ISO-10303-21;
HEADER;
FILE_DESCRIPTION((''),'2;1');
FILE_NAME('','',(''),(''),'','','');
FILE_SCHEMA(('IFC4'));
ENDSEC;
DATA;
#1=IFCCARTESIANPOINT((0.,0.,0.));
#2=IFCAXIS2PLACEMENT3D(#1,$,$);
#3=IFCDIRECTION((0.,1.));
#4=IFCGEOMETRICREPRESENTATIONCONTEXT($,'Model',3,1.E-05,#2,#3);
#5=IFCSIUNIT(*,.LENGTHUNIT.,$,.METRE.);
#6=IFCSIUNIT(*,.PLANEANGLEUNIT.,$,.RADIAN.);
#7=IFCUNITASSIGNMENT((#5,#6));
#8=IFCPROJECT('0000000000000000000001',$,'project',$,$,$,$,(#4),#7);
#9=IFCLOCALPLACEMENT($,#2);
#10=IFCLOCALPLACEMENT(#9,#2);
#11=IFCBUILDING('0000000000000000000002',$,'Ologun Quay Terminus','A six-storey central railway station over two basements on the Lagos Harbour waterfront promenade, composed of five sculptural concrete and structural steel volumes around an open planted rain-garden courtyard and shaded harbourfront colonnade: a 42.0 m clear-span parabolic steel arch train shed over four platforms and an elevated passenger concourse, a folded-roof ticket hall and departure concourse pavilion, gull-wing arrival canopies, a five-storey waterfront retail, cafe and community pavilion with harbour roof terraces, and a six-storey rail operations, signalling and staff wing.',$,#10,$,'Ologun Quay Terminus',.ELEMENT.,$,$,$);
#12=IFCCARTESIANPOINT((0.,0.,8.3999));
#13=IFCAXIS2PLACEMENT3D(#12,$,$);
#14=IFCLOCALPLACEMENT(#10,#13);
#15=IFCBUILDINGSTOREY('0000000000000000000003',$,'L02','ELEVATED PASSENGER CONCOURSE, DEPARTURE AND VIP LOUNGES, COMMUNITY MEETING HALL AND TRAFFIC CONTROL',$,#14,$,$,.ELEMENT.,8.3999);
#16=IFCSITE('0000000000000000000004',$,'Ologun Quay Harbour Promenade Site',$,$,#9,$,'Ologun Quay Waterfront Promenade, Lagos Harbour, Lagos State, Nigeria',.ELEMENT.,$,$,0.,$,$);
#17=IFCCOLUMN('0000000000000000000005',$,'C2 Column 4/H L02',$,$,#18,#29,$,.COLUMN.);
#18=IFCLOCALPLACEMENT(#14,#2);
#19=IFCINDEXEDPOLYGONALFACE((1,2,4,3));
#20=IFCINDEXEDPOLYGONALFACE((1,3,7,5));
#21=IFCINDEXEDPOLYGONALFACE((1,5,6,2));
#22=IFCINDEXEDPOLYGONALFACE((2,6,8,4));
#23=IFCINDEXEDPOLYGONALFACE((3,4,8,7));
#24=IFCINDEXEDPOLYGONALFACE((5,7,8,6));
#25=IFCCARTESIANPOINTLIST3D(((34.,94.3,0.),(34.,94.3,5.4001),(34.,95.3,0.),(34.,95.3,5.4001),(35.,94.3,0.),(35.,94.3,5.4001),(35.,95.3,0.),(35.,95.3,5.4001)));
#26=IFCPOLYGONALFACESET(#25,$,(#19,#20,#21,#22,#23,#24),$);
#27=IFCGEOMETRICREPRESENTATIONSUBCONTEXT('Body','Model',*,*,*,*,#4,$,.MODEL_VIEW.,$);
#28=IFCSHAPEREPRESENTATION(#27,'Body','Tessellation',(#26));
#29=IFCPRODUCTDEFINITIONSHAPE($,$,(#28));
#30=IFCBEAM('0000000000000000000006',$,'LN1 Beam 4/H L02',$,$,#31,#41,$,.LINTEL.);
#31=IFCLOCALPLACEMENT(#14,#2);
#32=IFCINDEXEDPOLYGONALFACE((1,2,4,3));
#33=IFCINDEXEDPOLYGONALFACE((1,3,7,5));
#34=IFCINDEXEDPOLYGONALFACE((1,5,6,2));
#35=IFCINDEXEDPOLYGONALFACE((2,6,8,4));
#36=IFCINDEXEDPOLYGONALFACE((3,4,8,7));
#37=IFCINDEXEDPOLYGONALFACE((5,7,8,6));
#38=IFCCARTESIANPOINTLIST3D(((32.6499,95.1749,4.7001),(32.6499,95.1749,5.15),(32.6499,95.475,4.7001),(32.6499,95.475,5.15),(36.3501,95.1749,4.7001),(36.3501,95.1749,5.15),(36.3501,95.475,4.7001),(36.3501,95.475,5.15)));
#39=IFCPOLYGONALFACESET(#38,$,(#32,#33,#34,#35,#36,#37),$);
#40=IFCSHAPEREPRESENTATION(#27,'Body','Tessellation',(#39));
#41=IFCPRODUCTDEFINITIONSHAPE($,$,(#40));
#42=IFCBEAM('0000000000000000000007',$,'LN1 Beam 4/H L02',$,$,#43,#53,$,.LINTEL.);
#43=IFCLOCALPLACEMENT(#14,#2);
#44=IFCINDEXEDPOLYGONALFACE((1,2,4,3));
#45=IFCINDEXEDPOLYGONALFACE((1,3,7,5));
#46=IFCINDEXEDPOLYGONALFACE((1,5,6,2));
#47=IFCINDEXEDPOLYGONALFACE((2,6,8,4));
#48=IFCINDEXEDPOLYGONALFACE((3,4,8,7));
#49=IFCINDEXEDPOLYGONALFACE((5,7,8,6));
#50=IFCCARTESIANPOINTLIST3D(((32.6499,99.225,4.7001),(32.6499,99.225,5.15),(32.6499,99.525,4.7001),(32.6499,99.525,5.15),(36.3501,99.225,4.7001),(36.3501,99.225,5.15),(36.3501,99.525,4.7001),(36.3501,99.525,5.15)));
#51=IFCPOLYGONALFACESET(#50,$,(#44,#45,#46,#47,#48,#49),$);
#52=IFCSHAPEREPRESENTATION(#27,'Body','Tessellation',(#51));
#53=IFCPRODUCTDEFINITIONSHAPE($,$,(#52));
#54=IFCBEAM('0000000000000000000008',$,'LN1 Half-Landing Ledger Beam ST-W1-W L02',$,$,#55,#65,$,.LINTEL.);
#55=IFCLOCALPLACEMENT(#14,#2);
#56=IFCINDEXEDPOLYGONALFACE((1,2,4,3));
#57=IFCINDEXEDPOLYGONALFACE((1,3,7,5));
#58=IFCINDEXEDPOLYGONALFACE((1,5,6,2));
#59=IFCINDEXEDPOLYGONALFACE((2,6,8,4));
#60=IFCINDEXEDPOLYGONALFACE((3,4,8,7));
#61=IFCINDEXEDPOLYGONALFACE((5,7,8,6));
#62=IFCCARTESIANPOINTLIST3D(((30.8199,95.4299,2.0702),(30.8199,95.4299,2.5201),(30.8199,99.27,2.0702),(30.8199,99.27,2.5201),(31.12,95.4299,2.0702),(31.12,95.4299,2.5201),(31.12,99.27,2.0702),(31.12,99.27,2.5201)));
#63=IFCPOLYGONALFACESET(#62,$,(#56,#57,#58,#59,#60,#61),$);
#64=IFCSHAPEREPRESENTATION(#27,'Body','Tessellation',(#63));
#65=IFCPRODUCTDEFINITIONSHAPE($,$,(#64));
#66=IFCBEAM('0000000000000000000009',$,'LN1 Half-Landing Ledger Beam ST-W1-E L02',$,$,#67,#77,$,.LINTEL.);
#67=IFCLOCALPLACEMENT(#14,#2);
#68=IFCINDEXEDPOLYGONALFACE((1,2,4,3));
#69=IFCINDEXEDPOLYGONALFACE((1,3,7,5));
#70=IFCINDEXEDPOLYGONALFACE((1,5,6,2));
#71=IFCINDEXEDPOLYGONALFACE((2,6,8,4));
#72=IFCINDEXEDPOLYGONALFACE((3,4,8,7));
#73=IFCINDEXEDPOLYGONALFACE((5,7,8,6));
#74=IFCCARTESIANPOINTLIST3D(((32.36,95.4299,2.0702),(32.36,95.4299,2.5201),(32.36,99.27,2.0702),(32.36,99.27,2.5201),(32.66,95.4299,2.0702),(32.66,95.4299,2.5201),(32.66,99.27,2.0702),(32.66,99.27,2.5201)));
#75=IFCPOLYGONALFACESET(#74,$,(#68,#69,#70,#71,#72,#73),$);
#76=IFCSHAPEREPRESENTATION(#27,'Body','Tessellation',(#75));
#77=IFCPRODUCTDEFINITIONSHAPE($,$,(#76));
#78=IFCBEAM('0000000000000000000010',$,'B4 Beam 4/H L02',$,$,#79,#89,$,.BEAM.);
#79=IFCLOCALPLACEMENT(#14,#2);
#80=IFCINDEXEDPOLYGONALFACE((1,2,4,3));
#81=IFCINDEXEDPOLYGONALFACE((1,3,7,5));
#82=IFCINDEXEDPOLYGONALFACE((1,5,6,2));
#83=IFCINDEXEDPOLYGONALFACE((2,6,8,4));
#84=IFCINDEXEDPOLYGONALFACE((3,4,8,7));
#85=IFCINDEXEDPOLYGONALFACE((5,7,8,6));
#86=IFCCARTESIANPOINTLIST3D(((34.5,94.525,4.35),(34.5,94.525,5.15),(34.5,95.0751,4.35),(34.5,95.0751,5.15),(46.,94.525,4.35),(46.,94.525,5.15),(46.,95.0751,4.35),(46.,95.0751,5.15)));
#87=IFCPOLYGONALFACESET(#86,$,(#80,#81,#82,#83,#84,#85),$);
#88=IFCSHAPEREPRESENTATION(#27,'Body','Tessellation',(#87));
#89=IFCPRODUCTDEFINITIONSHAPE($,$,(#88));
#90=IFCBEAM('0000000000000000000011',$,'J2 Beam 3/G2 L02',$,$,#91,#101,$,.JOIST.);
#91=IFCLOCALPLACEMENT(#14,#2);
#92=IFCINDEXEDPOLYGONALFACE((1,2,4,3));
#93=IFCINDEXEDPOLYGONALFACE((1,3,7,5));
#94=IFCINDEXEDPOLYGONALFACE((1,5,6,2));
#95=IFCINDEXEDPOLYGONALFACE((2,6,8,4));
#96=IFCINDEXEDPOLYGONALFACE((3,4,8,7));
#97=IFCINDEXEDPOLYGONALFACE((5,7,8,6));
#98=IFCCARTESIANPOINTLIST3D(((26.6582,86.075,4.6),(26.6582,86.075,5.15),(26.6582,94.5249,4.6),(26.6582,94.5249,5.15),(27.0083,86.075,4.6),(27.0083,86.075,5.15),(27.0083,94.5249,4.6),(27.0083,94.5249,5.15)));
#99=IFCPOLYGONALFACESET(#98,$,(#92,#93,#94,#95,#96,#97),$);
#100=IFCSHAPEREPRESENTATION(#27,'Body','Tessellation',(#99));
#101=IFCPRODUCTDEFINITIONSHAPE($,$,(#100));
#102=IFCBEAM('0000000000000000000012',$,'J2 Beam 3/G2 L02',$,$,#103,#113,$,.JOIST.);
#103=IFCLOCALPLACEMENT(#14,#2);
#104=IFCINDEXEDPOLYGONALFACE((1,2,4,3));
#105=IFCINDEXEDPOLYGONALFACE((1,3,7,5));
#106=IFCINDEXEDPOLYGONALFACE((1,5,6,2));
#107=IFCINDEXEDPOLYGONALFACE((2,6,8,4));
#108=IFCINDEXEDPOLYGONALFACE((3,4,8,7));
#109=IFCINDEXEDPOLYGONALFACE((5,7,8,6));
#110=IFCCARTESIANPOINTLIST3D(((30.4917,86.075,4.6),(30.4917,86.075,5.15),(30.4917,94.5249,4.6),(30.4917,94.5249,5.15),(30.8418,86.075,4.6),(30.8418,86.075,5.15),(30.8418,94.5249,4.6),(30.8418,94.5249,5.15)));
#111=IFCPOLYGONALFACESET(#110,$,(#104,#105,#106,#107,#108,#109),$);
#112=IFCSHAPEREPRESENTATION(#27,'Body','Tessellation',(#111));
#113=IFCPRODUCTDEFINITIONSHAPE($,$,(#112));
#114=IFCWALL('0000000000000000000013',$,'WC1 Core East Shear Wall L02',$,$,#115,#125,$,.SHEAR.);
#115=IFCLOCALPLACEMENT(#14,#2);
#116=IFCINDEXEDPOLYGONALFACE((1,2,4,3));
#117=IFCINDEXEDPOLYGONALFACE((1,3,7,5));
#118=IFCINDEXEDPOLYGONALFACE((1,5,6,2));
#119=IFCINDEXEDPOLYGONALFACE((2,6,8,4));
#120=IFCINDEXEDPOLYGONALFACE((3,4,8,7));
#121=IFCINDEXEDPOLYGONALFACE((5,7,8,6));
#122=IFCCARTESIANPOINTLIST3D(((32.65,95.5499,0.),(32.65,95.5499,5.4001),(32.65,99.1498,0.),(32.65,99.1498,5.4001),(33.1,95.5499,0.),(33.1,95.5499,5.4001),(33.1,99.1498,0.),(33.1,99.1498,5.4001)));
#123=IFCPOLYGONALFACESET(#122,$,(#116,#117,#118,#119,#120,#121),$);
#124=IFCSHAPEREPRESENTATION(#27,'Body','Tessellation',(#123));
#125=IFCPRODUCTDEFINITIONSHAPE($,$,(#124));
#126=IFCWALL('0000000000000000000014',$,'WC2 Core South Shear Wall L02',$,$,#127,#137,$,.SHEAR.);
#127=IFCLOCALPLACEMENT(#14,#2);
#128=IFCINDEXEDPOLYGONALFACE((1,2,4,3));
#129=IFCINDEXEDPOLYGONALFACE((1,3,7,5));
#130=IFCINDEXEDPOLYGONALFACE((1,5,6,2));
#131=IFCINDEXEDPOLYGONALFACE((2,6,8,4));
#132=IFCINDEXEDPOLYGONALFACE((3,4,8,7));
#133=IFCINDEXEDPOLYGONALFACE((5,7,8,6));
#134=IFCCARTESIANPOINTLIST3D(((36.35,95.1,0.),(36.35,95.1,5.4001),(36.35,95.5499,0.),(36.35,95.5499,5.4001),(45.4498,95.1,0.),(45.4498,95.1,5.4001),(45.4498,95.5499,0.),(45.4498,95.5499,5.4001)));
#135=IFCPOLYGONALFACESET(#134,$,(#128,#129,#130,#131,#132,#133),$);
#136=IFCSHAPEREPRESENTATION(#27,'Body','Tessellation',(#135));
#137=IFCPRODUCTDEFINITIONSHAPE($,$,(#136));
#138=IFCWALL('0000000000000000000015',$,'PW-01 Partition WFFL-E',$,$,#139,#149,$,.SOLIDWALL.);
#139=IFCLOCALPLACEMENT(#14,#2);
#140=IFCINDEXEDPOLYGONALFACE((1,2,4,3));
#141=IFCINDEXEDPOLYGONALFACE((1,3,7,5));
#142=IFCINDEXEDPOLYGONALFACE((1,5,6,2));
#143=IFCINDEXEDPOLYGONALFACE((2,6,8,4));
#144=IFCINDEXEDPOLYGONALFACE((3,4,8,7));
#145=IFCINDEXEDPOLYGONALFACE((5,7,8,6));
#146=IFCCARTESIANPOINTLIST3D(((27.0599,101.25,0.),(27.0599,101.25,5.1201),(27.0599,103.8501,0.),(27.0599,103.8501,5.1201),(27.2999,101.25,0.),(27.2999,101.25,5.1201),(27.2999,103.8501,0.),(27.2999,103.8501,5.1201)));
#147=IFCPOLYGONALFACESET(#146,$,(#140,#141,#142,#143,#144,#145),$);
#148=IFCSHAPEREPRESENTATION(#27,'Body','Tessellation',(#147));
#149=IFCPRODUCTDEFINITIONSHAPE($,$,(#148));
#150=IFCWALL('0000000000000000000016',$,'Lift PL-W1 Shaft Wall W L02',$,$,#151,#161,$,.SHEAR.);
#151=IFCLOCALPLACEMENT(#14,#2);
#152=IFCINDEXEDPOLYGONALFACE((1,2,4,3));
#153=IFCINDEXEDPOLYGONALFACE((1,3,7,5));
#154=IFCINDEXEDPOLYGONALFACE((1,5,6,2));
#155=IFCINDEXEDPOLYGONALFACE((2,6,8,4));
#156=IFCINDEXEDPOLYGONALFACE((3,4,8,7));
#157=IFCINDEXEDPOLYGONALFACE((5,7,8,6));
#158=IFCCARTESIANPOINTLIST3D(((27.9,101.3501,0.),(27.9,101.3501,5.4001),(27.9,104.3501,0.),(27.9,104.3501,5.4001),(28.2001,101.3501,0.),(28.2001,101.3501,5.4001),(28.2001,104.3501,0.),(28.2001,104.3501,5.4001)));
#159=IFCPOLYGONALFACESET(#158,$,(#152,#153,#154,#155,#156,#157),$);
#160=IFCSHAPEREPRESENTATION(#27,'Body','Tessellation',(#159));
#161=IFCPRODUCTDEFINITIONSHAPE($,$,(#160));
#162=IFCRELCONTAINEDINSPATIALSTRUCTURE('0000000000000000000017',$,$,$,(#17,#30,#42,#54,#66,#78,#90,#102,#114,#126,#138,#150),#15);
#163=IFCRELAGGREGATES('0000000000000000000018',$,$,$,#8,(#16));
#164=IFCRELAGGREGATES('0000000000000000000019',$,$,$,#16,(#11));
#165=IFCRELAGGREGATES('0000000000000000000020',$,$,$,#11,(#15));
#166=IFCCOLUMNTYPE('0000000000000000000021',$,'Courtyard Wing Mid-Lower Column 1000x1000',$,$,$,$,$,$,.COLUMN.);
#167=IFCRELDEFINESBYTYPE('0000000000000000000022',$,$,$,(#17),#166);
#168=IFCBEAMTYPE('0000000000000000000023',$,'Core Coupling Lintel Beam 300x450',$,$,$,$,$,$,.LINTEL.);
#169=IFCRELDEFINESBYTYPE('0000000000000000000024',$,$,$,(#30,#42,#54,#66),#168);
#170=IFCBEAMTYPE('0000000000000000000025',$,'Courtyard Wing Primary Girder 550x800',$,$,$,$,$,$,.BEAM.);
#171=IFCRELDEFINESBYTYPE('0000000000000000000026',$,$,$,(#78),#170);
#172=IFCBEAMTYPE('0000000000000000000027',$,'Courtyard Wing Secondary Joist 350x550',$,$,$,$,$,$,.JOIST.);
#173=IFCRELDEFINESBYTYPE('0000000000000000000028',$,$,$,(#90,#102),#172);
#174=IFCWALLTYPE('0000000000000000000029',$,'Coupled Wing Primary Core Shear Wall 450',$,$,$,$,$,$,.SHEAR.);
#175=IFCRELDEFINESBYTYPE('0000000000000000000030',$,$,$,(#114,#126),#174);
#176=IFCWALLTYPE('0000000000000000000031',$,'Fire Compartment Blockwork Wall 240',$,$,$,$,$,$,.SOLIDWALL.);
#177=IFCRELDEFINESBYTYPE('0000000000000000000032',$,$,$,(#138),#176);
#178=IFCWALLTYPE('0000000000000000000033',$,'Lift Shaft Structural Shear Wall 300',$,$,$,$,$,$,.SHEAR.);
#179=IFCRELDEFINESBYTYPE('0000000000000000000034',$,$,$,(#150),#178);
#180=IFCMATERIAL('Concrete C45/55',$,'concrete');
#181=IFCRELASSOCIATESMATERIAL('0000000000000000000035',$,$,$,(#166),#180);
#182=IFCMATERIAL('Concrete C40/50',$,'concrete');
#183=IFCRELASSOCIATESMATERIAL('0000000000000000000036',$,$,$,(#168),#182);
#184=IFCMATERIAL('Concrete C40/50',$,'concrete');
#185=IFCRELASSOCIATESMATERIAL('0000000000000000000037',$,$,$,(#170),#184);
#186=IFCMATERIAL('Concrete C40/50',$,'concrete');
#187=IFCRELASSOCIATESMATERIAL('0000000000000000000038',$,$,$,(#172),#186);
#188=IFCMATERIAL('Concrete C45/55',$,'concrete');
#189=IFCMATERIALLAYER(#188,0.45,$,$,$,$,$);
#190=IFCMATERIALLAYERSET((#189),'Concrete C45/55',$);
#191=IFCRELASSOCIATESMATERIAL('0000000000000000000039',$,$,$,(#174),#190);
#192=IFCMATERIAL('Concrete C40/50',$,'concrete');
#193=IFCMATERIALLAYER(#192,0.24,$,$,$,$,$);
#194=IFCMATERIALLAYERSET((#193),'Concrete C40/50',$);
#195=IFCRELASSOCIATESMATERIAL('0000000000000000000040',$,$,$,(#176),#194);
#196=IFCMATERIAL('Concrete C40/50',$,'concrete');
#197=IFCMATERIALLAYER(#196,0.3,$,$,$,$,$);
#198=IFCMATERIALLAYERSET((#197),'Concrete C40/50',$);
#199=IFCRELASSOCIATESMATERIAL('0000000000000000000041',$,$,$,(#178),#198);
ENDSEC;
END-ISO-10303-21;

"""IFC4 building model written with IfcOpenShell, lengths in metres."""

from ifc_helpers import new_model, si_unit, direction, frame, frame_2d, origin, origin_2d, place, context, subcontext, project, spatial, rectangle, extrude, material, layer, layer_set, material_profile, profile_set, type_object, element, save


model = new_model("IFC4")

# Units and contexts
model_context = context("Model", 3, precision=1e-05, world=origin(), true_north=direction((0.0, 1.0)))
body_context = subcontext(model_context, "Body", "Model", "MODEL_VIEW")
ifc_project = project(units=[si_unit("LENGTHUNIT", "METRE"), si_unit("PLANEANGLEUNIT", "RADIAN")], contexts=[model_context])

# Site, building, storey
site_placement = place(None, origin())
site = spatial("IfcSite", under=ifc_project, at=site_placement, Name="Ologun Quay Harbour Promenade Site", LongName="Ologun Quay Waterfront Promenade, Lagos Harbour, Lagos State, Nigeria", CompositionType="ELEMENT", RefElevation=0.0)
building_placement = place(site_placement, origin())
building = spatial("IfcBuilding", under=site, at=building_placement, Name="Ologun Quay Terminus", Description="A six-storey central railway station over two basements on the Lagos Harbour waterfront promenade, composed of five sculptural concrete and structural steel volumes around an open planted rain-garden courtyard and shaded harbourfront colonnade: a 42.0 m clear-span parabolic steel arch train shed over four platforms and an elevated passenger concourse, a folded-roof ticket hall and departure concourse pavilion, gull-wing arrival canopies, a five-storey waterfront retail, cafe and community pavilion with harbour roof terraces, and a six-storey rail operations, signalling and staff wing.", LongName="Ologun Quay Terminus", CompositionType="ELEMENT")
storey_placement = place(building_placement, frame((0.0, 0.0, 8.3999)))
storey = spatial("IfcBuildingStorey", under=building, at=storey_placement, Name="L02", Description="ELEVATED PASSENGER CONCOURSE, DEPARTURE AND VIP LOUNGES, COMMUNITY MEETING HALL AND TRAFFIC CONTROL", CompositionType="ELEMENT", Elevation=8.3999)

# Column
ifc_material_1 = material(Name="Concrete C45/55", Category="concrete")
ifc_material_profile_1 = material_profile(ifc_material_1, rectangle(XDim=1.0, YDim=1.0, at=origin_2d()), Name="RC 1000x1000")
ifc_profile_set_1 = profile_set([ifc_material_profile_1], Name="Concrete C45/55")
column_type = type_object("IfcColumnType", Name="Courtyard Wing Mid-Lower Column 1000x1000", PredefinedType="COLUMN", material=ifc_profile_set_1)
column_placement = place(storey_placement, frame((34.5, 94.8, 0.0), z_axis=(0.0, 0.0, 1.0), x_axis=(1.0, 0.0, 0.0)))
element("IfcColumn", 1, at=column_placement, inside=storey, type_object=column_type, Name="C2 Column 4/H L02", PredefinedType="COLUMN", context=body_context, shape_type="SweptSolid", body=[
    extrude(rectangle(XDim=1.0, YDim=1.0, at=origin_2d()), origin(), (0.0, 0.0, 1.0), 5.4001),
])

# Beams
ifc_material_2 = material(Name="Concrete C40/50", Category="concrete")
ifc_material_profile_2 = material_profile(ifc_material_2, rectangle(XDim=0.3, YDim=0.45, at=origin_2d()), Name="RC 300x450")
ifc_profile_set_2 = profile_set([ifc_material_profile_2], Name="Concrete C40/50")
beam_type_1 = type_object("IfcBeamType", Name="Core Coupling Lintel Beam 300x450", PredefinedType="LINTEL", material=ifc_profile_set_2)
for number, where, z_axis, x_axis, name in (
    (2, (32.6499, 95.325, 4.925), (1.0, 0.0, 0.0), (0.0, 1.0, 0.0), "LN1 Beam 4/H L02"),
    (3, (32.6499, 99.375, 4.925), (1.0, 0.0, 0.0), (0.0, 1.0, 0.0), "LN1 Beam 4/H L02"),
):
    element("IfcBeam", number, at=place(storey_placement, frame(where, z_axis=z_axis, x_axis=x_axis)), inside=storey, type_object=beam_type_1, Name=name, PredefinedType="LINTEL", context=body_context, shape_type="SweptSolid", body=[
        extrude(rectangle(XDim=0.3, YDim=0.45, at=origin_2d()), origin(), (0.0, 0.0, 1.0), 3.7002),
    ])
for number, where, z_axis, x_axis, name in (
    (4, (30.97, 95.4299, 2.2952), (0.0, 1.0, 0.0), (-1.0, 0.0, 0.0), "LN1 Half-Landing Ledger Beam ST-W1-W L02"),
    (5, (32.51, 95.4299, 2.2952), (0.0, 1.0, 0.0), (-1.0, 0.0, 0.0), "LN1 Half-Landing Ledger Beam ST-W1-E L02"),
):
    element("IfcBeam", number, at=place(storey_placement, frame(where, z_axis=z_axis, x_axis=x_axis)), inside=storey, type_object=beam_type_1, Name=name, PredefinedType="LINTEL", context=body_context, shape_type="SweptSolid", body=[
        extrude(rectangle(XDim=0.3, YDim=0.45, at=origin_2d()), origin(), (0.0, 0.0, 1.0), 3.8401),
    ])
ifc_material_3 = material(Name="Concrete C40/50", Category="concrete")
ifc_material_profile_3 = material_profile(ifc_material_3, rectangle(XDim=0.55, YDim=0.8, at=origin_2d()), Name="RC 550x800")
ifc_profile_set_3 = profile_set([ifc_material_profile_3], Name="Concrete C40/50")
beam_type_2 = type_object("IfcBeamType", Name="Courtyard Wing Primary Girder 550x800", PredefinedType="BEAM", material=ifc_profile_set_3)
beam_placement = place(storey_placement, frame((34.5, 94.8, 4.75), z_axis=(1.0, 0.0, 0.0), x_axis=(0.0, 1.0, 0.0)))
element("IfcBeam", 6, at=beam_placement, inside=storey, type_object=beam_type_2, Name="B4 Beam 4/H L02", PredefinedType="BEAM", context=body_context, shape_type="SweptSolid", body=[
    extrude(rectangle(XDim=0.55, YDim=0.8, at=origin_2d()), origin(), (0.0, 0.0, 1.0), 11.5),
])
ifc_material_4 = material(Name="Concrete C40/50", Category="concrete")
ifc_material_profile_4 = material_profile(ifc_material_4, rectangle(XDim=0.3501, YDim=0.55, at=origin_2d()), Name="RC 350x550")
ifc_profile_set_4 = profile_set([ifc_material_profile_4], Name="Concrete C40/50")
beam_type_3 = type_object("IfcBeamType", Name="Courtyard Wing Secondary Joist 350x550", PredefinedType="JOIST", material=ifc_profile_set_4)
for number, where, z_axis, x_axis, name in (
    (7, (26.8333, 86.075, 4.875), (0.0, 1.0, 0.0), (-1.0, 0.0, 0.0), "J2 Beam 3/G2 L02"),
    (8, (30.6667, 86.075, 4.875), (0.0, 1.0, 0.0), (-1.0, 0.0, 0.0), "J2 Beam 3/G2 L02"),
):
    element("IfcBeam", number, at=place(storey_placement, frame(where, z_axis=z_axis, x_axis=x_axis)), inside=storey, type_object=beam_type_3, Name=name, PredefinedType="JOIST", context=body_context, shape_type="SweptSolid", body=[
        extrude(rectangle(XDim=0.3501, YDim=0.55, at=origin_2d()), origin(), (0.0, 0.0, 1.0), 8.45),
    ])

# Walls
ifc_material_5 = material(Name="Concrete C45/55", Category="concrete")
ifc_layer_1 = layer(ifc_material_5, 0.45)
ifc_layer_set_1 = layer_set([ifc_layer_1], Name="Concrete C45/55")
wall_type_1 = type_object("IfcWallType", Name="Coupled Wing Primary Core Shear Wall 450", PredefinedType="SHEAR", material=ifc_layer_set_1)
wall_1_placement = place(storey_placement, frame((32.875, 95.55, 0.0), z_axis=(0.0, 0.0, 1.0), x_axis=(0.0, 1.0, 0.0)))
element("IfcWall", 9, at=wall_1_placement, inside=storey, type_object=wall_type_1, Name="WC1 Core East Shear Wall L02", PredefinedType="SHEAR", context=body_context, shape_type="SweptSolid", body=[
    extrude(rectangle(XDim=3.5999, YDim=0.45, at=frame_2d((1.7998, 0.0))), origin(), (0.0, 0.0, 1.0), 5.4001),
])
wall_2_placement = place(storey_placement, frame((36.3501, 95.325, 0.0), z_axis=(0.0, 0.0, 1.0), x_axis=(1.0, 0.0, 0.0)))
element("IfcWall", 10, at=wall_2_placement, inside=storey, type_object=wall_type_1, Name="WC2 Core South Shear Wall L02", PredefinedType="SHEAR", context=body_context, shape_type="SweptSolid", body=[
    extrude(rectangle(XDim=9.0999, YDim=0.45, at=frame_2d((4.5498, 0.0))), origin(), (0.0, 0.0, 1.0), 5.4001),
])

# Shared definitions
ifc_material_6 = material(Name="Concrete C40/50", Category="concrete")
ifc_layer_2 = layer(ifc_material_6, 0.24)
ifc_layer_set_2 = layer_set([ifc_layer_2], Name="Concrete C40/50")
wall_type_2 = type_object("IfcWallType", Name="Fire Compartment Blockwork Wall 240", PredefinedType="SOLIDWALL", material=ifc_layer_set_2)

# Walls
wall_3_placement = place(storey_placement, frame((27.1799, 101.25, 0.0), z_axis=(0.0, 0.0, 1.0), x_axis=(0.0, 1.0, 0.0)))
element("IfcWall", 11, at=wall_3_placement, inside=storey, type_object=wall_type_2, Name="PW-01 Partition WFFL-E", PredefinedType="SOLIDWALL", context=body_context, shape_type="SweptSolid", body=[
    extrude(rectangle(XDim=2.6001, YDim=0.24, at=frame_2d((1.3, 0.0))), origin(), (0.0, 0.0, 1.0), 5.1201),
])
ifc_material_7 = material(Name="Concrete C40/50", Category="concrete")
ifc_layer_3 = layer(ifc_material_7, 0.3)
ifc_layer_set_3 = layer_set([ifc_layer_3], Name="Concrete C40/50")
wall_type_3 = type_object("IfcWallType", Name="Lift Shaft Structural Shear Wall 300", PredefinedType="SHEAR", material=ifc_layer_set_3)
wall_4_placement = place(storey_placement, frame((28.05, 101.3501, 0.0), z_axis=(0.0, 0.0, 1.0), x_axis=(0.0, 1.0, 0.0)))
element("IfcWall", 12, at=wall_4_placement, inside=storey, type_object=wall_type_3, Name="Lift PL-W1 Shaft Wall W L02", PredefinedType="SHEAR", context=body_context, shape_type="SweptSolid", body=[
    extrude(rectangle(XDim=3.0, YDim=0.3, at=frame_2d((1.5, 0.0))), origin(), (0.0, 0.0, 1.0), 5.4001),
])

save(model, "model.ifc")
